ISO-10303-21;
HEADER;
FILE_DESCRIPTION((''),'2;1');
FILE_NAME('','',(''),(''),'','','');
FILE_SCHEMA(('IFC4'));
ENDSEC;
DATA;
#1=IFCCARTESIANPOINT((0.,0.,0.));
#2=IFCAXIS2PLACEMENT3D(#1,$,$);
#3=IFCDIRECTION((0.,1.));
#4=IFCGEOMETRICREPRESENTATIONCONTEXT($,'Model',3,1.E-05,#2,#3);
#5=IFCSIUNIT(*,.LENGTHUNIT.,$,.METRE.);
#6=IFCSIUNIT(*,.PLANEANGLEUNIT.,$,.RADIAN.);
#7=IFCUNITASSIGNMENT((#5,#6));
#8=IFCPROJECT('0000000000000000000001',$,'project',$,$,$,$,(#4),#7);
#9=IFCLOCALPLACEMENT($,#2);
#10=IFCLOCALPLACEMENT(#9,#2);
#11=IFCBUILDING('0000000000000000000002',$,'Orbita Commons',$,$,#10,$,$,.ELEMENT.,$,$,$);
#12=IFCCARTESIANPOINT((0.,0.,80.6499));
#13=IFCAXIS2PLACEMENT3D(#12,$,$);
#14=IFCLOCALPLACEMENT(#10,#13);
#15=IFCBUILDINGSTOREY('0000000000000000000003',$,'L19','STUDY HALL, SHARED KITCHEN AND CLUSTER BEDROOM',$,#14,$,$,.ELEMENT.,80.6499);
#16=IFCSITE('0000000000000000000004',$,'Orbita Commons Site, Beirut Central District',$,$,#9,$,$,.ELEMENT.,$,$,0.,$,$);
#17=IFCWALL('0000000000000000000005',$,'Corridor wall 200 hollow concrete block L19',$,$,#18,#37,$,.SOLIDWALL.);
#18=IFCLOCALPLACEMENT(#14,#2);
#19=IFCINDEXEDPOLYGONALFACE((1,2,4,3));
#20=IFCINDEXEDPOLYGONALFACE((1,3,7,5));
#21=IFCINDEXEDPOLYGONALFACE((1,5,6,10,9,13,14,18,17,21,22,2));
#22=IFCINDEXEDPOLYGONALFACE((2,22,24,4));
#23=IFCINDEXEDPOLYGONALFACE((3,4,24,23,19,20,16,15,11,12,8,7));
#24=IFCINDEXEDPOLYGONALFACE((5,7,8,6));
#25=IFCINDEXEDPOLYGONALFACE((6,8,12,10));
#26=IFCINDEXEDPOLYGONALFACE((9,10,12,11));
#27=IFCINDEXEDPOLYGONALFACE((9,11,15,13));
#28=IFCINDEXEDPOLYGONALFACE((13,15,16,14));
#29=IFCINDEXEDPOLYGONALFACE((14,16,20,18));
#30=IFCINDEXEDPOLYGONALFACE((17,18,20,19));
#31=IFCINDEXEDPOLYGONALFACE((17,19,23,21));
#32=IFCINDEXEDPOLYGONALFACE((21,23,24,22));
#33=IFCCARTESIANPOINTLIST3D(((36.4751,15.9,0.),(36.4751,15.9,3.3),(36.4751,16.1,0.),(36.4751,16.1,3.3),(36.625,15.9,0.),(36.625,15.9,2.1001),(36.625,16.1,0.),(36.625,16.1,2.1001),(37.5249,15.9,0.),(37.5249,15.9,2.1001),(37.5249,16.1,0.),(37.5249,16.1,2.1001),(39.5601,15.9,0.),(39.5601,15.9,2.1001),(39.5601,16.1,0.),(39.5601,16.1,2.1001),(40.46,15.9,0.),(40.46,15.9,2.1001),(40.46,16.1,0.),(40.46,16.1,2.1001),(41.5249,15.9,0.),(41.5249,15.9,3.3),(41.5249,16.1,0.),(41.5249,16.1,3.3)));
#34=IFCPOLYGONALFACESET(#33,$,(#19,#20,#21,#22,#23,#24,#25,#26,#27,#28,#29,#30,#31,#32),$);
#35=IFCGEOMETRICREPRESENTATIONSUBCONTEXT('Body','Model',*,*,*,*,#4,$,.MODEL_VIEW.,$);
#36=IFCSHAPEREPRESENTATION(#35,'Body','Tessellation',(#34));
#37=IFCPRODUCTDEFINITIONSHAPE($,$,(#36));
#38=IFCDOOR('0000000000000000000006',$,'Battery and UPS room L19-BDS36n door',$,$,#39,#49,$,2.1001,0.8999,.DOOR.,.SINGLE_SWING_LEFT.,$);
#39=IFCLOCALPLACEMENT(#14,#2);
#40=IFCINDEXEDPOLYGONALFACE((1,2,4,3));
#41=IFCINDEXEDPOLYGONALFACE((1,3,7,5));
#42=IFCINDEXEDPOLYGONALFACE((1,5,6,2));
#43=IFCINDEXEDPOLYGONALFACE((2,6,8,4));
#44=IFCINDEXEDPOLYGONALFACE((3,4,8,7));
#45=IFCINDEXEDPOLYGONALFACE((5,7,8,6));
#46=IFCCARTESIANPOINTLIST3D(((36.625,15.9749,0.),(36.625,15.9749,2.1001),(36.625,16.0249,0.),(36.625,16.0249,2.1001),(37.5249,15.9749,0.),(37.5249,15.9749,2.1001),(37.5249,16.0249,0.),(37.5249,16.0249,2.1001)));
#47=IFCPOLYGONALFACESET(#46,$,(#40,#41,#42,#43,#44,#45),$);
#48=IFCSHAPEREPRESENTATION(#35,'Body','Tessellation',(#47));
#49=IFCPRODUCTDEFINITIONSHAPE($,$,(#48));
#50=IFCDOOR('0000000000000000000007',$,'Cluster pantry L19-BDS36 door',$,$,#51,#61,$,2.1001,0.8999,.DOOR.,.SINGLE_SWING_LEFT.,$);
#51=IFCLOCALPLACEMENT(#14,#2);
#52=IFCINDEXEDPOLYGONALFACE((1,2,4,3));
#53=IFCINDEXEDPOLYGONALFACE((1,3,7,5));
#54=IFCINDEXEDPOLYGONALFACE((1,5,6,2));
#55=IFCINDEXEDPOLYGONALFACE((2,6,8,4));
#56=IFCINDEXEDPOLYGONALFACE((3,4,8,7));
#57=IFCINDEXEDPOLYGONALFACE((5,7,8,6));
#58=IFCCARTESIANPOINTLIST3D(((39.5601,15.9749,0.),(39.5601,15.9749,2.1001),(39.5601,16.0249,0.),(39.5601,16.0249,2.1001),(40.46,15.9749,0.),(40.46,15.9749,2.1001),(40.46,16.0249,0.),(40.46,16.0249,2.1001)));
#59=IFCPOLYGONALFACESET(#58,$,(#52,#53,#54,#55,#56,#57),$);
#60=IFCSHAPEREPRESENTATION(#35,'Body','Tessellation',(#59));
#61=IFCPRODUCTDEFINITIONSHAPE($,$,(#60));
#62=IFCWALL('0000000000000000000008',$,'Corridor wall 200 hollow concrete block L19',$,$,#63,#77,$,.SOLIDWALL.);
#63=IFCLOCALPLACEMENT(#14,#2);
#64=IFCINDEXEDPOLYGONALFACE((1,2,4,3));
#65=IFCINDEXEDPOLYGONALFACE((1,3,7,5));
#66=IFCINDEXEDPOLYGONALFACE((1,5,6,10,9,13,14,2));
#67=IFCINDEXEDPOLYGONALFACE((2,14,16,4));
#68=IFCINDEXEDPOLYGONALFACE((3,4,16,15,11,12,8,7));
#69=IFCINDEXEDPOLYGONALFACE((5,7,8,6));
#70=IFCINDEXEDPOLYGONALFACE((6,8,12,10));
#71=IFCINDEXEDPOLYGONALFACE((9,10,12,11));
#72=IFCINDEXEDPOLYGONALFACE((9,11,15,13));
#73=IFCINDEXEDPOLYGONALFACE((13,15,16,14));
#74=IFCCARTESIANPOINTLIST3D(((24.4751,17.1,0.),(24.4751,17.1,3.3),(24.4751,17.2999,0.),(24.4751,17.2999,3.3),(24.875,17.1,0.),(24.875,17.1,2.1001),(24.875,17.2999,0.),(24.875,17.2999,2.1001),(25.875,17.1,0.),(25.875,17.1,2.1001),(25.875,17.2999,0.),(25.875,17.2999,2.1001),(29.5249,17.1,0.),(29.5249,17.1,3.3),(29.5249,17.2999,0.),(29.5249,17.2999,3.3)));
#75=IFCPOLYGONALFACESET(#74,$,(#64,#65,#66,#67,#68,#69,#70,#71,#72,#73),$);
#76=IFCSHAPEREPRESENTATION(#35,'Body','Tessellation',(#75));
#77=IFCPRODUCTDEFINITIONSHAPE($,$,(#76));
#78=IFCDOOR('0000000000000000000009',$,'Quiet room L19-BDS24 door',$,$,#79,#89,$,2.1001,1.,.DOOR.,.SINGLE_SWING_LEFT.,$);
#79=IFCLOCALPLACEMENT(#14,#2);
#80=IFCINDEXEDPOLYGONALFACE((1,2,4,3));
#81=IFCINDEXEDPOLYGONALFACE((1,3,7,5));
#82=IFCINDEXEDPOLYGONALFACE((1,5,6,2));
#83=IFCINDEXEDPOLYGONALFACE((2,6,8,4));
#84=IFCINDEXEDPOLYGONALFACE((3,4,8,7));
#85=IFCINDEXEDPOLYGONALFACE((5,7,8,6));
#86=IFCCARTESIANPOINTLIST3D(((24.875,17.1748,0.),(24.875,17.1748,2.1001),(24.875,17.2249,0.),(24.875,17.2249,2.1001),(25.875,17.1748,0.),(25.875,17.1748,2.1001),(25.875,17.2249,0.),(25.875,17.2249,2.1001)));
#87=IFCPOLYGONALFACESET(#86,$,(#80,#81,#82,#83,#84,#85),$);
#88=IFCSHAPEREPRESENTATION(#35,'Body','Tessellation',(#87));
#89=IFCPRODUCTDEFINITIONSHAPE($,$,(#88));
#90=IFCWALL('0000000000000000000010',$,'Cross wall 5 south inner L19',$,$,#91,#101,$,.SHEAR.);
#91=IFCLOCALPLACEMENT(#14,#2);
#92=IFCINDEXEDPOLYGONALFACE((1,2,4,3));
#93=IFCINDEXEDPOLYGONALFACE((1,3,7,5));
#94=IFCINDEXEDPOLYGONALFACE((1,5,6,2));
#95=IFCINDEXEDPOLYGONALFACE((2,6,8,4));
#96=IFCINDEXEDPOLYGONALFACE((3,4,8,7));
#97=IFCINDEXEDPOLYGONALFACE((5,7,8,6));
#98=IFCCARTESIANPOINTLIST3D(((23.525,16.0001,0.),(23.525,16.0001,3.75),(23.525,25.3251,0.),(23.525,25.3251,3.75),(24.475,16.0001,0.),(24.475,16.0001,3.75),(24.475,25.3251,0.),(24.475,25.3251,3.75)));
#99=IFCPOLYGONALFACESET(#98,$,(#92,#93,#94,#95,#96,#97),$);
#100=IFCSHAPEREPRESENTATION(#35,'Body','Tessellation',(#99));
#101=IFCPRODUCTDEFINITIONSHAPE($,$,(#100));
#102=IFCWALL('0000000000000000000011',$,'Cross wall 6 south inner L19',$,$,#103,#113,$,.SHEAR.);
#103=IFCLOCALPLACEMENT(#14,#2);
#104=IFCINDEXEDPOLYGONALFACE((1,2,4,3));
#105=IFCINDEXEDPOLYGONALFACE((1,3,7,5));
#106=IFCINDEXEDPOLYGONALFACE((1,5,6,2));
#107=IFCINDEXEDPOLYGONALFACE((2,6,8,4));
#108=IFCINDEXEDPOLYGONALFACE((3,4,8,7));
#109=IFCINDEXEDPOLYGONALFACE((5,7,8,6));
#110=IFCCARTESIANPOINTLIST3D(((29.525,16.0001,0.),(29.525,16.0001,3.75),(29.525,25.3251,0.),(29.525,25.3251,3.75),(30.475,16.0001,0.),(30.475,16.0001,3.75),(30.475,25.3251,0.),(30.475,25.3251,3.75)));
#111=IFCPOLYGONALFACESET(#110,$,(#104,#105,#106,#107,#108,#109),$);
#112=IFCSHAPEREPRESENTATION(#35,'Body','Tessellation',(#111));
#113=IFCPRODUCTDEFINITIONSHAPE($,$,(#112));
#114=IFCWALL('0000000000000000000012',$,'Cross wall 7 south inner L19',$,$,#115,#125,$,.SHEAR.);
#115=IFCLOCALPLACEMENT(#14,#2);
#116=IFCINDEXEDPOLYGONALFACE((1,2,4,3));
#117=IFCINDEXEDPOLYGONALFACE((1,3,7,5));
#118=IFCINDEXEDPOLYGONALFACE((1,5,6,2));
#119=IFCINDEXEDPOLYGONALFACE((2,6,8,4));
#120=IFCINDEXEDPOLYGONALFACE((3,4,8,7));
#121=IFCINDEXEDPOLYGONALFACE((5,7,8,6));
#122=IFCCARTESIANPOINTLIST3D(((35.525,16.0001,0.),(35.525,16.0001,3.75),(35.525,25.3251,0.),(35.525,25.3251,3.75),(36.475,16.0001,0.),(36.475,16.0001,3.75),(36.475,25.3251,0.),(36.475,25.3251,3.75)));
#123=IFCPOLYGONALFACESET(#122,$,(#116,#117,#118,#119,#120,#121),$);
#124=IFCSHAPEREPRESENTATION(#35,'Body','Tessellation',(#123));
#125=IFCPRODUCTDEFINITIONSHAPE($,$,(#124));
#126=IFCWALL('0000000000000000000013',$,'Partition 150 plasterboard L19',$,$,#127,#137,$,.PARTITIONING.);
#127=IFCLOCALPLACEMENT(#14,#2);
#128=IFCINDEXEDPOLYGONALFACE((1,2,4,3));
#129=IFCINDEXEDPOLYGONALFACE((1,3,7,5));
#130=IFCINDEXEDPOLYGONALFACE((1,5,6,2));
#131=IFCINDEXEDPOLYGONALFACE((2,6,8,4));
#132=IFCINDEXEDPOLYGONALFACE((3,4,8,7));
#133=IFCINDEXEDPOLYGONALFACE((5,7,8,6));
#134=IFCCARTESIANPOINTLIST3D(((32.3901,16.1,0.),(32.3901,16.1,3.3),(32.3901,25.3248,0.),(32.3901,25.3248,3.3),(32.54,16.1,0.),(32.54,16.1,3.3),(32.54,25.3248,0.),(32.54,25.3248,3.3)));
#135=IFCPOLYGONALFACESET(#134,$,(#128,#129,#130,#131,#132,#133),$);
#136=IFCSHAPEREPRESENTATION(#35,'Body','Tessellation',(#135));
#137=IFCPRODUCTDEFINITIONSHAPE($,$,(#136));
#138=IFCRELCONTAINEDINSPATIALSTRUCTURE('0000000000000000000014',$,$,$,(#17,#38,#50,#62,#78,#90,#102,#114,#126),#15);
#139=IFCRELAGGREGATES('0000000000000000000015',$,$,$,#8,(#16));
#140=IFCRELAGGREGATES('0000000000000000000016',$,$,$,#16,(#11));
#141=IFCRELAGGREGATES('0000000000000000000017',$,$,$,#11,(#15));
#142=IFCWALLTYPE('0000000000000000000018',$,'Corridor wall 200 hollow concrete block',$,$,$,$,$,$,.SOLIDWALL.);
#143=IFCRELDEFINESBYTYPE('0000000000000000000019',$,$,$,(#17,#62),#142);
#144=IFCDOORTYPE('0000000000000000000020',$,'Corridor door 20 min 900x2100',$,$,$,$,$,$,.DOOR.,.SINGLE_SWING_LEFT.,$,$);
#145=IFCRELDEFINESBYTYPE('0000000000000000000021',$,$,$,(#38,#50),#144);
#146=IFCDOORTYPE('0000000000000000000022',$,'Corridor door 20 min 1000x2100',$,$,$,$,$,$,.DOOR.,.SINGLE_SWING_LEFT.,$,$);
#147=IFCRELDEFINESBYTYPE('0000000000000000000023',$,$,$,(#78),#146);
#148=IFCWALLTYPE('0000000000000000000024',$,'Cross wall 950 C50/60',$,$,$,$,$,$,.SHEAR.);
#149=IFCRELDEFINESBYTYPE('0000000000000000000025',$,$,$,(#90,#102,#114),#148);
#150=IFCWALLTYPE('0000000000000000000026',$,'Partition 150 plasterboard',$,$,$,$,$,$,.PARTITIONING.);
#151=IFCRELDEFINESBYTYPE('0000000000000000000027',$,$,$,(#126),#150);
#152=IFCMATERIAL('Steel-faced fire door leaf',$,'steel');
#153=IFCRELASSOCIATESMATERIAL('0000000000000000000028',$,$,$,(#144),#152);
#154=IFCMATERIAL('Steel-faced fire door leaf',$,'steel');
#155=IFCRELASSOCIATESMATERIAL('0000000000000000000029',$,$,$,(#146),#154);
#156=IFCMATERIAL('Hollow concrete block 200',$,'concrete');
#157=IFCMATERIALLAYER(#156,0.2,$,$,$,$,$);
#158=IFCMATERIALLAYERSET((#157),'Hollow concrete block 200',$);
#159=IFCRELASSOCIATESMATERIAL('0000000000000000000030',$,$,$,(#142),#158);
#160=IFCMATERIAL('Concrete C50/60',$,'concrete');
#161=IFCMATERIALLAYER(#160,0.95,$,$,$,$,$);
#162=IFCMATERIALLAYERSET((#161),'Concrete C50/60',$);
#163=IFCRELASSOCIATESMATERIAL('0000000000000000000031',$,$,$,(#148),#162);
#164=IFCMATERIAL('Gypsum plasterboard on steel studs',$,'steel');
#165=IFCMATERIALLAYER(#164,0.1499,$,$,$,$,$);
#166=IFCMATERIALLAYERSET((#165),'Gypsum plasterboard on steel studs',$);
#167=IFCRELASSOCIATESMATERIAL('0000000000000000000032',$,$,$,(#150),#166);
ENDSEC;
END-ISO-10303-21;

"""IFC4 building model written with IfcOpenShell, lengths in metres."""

from ifc_helpers import new_model, si_unit, direction, frame, frame_2d, origin, place, context, subcontext, project, spatial, rectangle, extrude, material, layer, layer_set, type_object, element, fill, save


model = new_model("IFC4")

# Units and contexts
model_context = context("Model", 3, precision=1e-05, world=origin(), true_north=direction((0.0, 1.0)))
body_context = subcontext(model_context, "Body", "Model", "MODEL_VIEW")
ifc_project = project(units=[si_unit("LENGTHUNIT", "METRE"), si_unit("PLANEANGLEUNIT", "RADIAN")], contexts=[model_context])

# Site, building, storey
site_placement = place(None, origin())
site = spatial("IfcSite", under=ifc_project, at=site_placement, Name="Orbita Commons Site, Beirut Central District", CompositionType="ELEMENT", RefElevation=0.0)
building_placement = place(site_placement, origin())
building = spatial("IfcBuilding", under=site, at=building_placement, Name="Orbita Commons", CompositionType="ELEMENT")
storey_placement = place(building_placement, frame((0.0, 0.0, 80.6499)))
storey = spatial("IfcBuildingStorey", under=building, at=storey_placement, Name="L19", Description="STUDY HALL, SHARED KITCHEN AND CLUSTER BEDROOM", CompositionType="ELEMENT", Elevation=80.6499)

# Shared definitions
ifc_material_1 = material(Name="Steel-faced fire door leaf", Category="steel")
door_type_1 = type_object("IfcDoorType", Name="Corridor door 20 min 900x2100", OperationType="SINGLE_SWING_LEFT", PredefinedType="DOOR", material=ifc_material_1)

# Shared definitions
ifc_material_2 = material(Name="Steel-faced fire door leaf", Category="steel")
door_type_2 = type_object("IfcDoorType", Name="Corridor door 20 min 1000x2100", OperationType="SINGLE_SWING_LEFT", PredefinedType="DOOR", material=ifc_material_2)

# Wall, openings, doors
ifc_material_3 = material(Name="Hollow concrete block 200", Category="concrete")
ifc_layer_1 = layer(ifc_material_3, 0.2)
ifc_layer_set_1 = layer_set([ifc_layer_1], Name="Hollow concrete block 200")
wall_type_1 = type_object("IfcWallType", Name="Corridor wall 200 hollow concrete block", PredefinedType="SOLIDWALL", material=ifc_layer_set_1)
wall_1_placement = place(storey_placement, frame((36.4751, 16.0, 0.0), z_axis=(0.0, 0.0, 1.0), x_axis=(1.0, 0.0, 0.0)))
wall_1 = element("IfcWall", 1, at=wall_1_placement, inside=storey, type_object=wall_type_1, Name="Corridor wall 200 hollow concrete block L19", PredefinedType="SOLIDWALL", context=body_context, shape_type="SweptSolid", body=[
    extrude(rectangle(XDim=5.0498, YDim=0.2, at=frame_2d((2.5249, 0.0))), origin(), (0.0, 0.0, 1.0), 3.3),
])
opening_1_placement = place(wall_1_placement, frame((0.1499, 0.0, 0.0)))
opening_1 = element("IfcOpeningElement", 2, at=opening_1_placement, cuts=wall_1, PredefinedType="OPENING", context=body_context, shape_type="SweptSolid", body=[
    extrude(rectangle(XDim=0.8999, YDim=2.1001, at=frame_2d((0.45, 1.05))), frame((0.0, 0.1099, 0.0), z_axis=(0.0, -1.0, 0.0), x_axis=(1.0, 0.0, 0.0)), (0.0, 0.0, 1.0), 0.22),
])
opening_2_placement = place(wall_1_placement, frame((3.085, 0.0, 0.0)))
opening_2 = element("IfcOpeningElement", 3, at=opening_2_placement, cuts=wall_1, PredefinedType="OPENING", context=body_context, shape_type="SweptSolid", body=[
    extrude(rectangle(XDim=0.8999, YDim=2.1001, at=frame_2d((0.45, 1.05))), frame((0.0, 0.1099, 0.0), z_axis=(0.0, -1.0, 0.0), x_axis=(1.0, 0.0, 0.0)), (0.0, 0.0, 1.0), 0.22),
])
door_1_placement = place(opening_1_placement, origin())
door_1 = element("IfcDoor", 4, at=door_1_placement, inside=storey, type_object=door_type_1, Name="Battery and UPS room L19-BDS36n door", OperationType="SINGLE_SWING_LEFT", OverallHeight=2.1001, OverallWidth=0.8999, PredefinedType="DOOR", context=body_context, shape_type="SweptSolid", body=[
    extrude(rectangle(XDim=0.8999, YDim=2.1001, at=frame_2d((0.45, 1.05))), frame((0.0, 0.0249, 0.0), z_axis=(0.0, -1.0, 0.0), x_axis=(1.0, 0.0, 0.0)), (0.0, 0.0, 1.0), 0.05),
])
fill(opening_1, door_1)
door_2_placement = place(opening_2_placement, origin())
door_2 = element("IfcDoor", 5, at=door_2_placement, inside=storey, type_object=door_type_1, Name="Cluster pantry L19-BDS36 door", OperationType="SINGLE_SWING_LEFT", OverallHeight=2.1001, OverallWidth=0.8999, PredefinedType="DOOR", context=body_context, shape_type="SweptSolid", body=[
    extrude(rectangle(XDim=0.8999, YDim=2.1001, at=frame_2d((0.45, 1.05))), frame((0.0, 0.0249, 0.0), z_axis=(0.0, -1.0, 0.0), x_axis=(1.0, 0.0, 0.0)), (0.0, 0.0, 1.0), 0.05),
])
fill(opening_2, door_2)

# Wall, opening, door
wall_2_placement = place(storey_placement, frame((24.4751, 17.2, 0.0), z_axis=(0.0, 0.0, 1.0), x_axis=(1.0, 0.0, 0.0)))
wall_2 = element("IfcWall", 6, at=wall_2_placement, inside=storey, type_object=wall_type_1, Name="Corridor wall 200 hollow concrete block L19", PredefinedType="SOLIDWALL", context=body_context, shape_type="SweptSolid", body=[
    extrude(rectangle(XDim=5.0498, YDim=0.2, at=frame_2d((2.5249, 0.0))), origin(), (0.0, 0.0, 1.0), 3.3),
])
opening_3_placement = place(wall_2_placement, frame((0.3999, 0.0, 0.0)))
opening_3 = element("IfcOpeningElement", 7, at=opening_3_placement, cuts=wall_2, PredefinedType="OPENING", context=body_context, shape_type="SweptSolid", body=[
    extrude(rectangle(XDim=1.0, YDim=2.1001, at=frame_2d((0.5, 1.05))), frame((0.0, 0.1099, 0.0), z_axis=(0.0, -1.0, 0.0), x_axis=(1.0, 0.0, 0.0)), (0.0, 0.0, 1.0), 0.22),
])
door_3_placement = place(opening_3_placement, origin())
door_3 = element("IfcDoor", 8, at=door_3_placement, inside=storey, type_object=door_type_2, Name="Quiet room L19-BDS24 door", OperationType="SINGLE_SWING_LEFT", OverallHeight=2.1001, OverallWidth=1.0, PredefinedType="DOOR", context=body_context, shape_type="SweptSolid", body=[
    extrude(rectangle(XDim=1.0, YDim=2.1001, at=frame_2d((0.5, 1.05))), frame((0.0, 0.0249, 0.0), z_axis=(0.0, -1.0, 0.0), x_axis=(1.0, 0.0, 0.0)), (0.0, 0.0, 1.0), 0.05),
])
fill(opening_3, door_3)

# Walls
ifc_material_4 = material(Name="Concrete C50/60", Category="concrete")
ifc_layer_2 = layer(ifc_material_4, 0.95)
ifc_layer_set_2 = layer_set([ifc_layer_2], Name="Concrete C50/60")
wall_type_2 = type_object("IfcWallType", Name="Cross wall 950 C50/60", PredefinedType="SHEAR", material=ifc_layer_set_2)
for number, where, z_axis, x_axis, name in (
    (9, (24.0, 16.0, 0.0), (0.0, 0.0, 1.0), (0.0, 1.0, 0.0), "Cross wall 5 south inner L19"),
    (10, (30.0, 16.0, 0.0), (0.0, 0.0, 1.0), (0.0, 1.0, 0.0), "Cross wall 6 south inner L19"),
    (11, (36.0, 16.0, 0.0), (0.0, 0.0, 1.0), (0.0, 1.0, 0.0), "Cross wall 7 south inner L19"),
):
    element("IfcWall", number, at=place(storey_placement, frame(where, z_axis=z_axis, x_axis=x_axis)), inside=storey, type_object=wall_type_2, Name=name, PredefinedType="SHEAR", context=body_context, shape_type="SweptSolid", body=[
        extrude(rectangle(XDim=9.325, YDim=0.95, at=frame_2d((4.6626, 0.0))), origin(), (0.0, 0.0, 1.0), 3.75),
    ])
ifc_material_5 = material(Name="Gypsum plasterboard on steel studs", Category="steel")
ifc_layer_3 = layer(ifc_material_5, 0.1499)
ifc_layer_set_3 = layer_set([ifc_layer_3], Name="Gypsum plasterboard on steel studs")
wall_type_3 = type_object("IfcWallType", Name="Partition 150 plasterboard", PredefinedType="PARTITIONING", material=ifc_layer_set_3)
wall_3_placement = place(storey_placement, frame((32.4651, 16.1001, 0.0), z_axis=(0.0, 0.0, 1.0), x_axis=(0.0, 1.0, 0.0)))
element("IfcWall", 12, at=wall_3_placement, inside=storey, type_object=wall_type_3, Name="Partition 150 plasterboard L19", PredefinedType="PARTITIONING", context=body_context, shape_type="SweptSolid", body=[
    extrude(rectangle(XDim=9.2249, YDim=0.1499, at=frame_2d((4.6123, 0.0))), origin(), (0.0, 0.0, 1.0), 3.3),
])

save(model, "model.ifc")
